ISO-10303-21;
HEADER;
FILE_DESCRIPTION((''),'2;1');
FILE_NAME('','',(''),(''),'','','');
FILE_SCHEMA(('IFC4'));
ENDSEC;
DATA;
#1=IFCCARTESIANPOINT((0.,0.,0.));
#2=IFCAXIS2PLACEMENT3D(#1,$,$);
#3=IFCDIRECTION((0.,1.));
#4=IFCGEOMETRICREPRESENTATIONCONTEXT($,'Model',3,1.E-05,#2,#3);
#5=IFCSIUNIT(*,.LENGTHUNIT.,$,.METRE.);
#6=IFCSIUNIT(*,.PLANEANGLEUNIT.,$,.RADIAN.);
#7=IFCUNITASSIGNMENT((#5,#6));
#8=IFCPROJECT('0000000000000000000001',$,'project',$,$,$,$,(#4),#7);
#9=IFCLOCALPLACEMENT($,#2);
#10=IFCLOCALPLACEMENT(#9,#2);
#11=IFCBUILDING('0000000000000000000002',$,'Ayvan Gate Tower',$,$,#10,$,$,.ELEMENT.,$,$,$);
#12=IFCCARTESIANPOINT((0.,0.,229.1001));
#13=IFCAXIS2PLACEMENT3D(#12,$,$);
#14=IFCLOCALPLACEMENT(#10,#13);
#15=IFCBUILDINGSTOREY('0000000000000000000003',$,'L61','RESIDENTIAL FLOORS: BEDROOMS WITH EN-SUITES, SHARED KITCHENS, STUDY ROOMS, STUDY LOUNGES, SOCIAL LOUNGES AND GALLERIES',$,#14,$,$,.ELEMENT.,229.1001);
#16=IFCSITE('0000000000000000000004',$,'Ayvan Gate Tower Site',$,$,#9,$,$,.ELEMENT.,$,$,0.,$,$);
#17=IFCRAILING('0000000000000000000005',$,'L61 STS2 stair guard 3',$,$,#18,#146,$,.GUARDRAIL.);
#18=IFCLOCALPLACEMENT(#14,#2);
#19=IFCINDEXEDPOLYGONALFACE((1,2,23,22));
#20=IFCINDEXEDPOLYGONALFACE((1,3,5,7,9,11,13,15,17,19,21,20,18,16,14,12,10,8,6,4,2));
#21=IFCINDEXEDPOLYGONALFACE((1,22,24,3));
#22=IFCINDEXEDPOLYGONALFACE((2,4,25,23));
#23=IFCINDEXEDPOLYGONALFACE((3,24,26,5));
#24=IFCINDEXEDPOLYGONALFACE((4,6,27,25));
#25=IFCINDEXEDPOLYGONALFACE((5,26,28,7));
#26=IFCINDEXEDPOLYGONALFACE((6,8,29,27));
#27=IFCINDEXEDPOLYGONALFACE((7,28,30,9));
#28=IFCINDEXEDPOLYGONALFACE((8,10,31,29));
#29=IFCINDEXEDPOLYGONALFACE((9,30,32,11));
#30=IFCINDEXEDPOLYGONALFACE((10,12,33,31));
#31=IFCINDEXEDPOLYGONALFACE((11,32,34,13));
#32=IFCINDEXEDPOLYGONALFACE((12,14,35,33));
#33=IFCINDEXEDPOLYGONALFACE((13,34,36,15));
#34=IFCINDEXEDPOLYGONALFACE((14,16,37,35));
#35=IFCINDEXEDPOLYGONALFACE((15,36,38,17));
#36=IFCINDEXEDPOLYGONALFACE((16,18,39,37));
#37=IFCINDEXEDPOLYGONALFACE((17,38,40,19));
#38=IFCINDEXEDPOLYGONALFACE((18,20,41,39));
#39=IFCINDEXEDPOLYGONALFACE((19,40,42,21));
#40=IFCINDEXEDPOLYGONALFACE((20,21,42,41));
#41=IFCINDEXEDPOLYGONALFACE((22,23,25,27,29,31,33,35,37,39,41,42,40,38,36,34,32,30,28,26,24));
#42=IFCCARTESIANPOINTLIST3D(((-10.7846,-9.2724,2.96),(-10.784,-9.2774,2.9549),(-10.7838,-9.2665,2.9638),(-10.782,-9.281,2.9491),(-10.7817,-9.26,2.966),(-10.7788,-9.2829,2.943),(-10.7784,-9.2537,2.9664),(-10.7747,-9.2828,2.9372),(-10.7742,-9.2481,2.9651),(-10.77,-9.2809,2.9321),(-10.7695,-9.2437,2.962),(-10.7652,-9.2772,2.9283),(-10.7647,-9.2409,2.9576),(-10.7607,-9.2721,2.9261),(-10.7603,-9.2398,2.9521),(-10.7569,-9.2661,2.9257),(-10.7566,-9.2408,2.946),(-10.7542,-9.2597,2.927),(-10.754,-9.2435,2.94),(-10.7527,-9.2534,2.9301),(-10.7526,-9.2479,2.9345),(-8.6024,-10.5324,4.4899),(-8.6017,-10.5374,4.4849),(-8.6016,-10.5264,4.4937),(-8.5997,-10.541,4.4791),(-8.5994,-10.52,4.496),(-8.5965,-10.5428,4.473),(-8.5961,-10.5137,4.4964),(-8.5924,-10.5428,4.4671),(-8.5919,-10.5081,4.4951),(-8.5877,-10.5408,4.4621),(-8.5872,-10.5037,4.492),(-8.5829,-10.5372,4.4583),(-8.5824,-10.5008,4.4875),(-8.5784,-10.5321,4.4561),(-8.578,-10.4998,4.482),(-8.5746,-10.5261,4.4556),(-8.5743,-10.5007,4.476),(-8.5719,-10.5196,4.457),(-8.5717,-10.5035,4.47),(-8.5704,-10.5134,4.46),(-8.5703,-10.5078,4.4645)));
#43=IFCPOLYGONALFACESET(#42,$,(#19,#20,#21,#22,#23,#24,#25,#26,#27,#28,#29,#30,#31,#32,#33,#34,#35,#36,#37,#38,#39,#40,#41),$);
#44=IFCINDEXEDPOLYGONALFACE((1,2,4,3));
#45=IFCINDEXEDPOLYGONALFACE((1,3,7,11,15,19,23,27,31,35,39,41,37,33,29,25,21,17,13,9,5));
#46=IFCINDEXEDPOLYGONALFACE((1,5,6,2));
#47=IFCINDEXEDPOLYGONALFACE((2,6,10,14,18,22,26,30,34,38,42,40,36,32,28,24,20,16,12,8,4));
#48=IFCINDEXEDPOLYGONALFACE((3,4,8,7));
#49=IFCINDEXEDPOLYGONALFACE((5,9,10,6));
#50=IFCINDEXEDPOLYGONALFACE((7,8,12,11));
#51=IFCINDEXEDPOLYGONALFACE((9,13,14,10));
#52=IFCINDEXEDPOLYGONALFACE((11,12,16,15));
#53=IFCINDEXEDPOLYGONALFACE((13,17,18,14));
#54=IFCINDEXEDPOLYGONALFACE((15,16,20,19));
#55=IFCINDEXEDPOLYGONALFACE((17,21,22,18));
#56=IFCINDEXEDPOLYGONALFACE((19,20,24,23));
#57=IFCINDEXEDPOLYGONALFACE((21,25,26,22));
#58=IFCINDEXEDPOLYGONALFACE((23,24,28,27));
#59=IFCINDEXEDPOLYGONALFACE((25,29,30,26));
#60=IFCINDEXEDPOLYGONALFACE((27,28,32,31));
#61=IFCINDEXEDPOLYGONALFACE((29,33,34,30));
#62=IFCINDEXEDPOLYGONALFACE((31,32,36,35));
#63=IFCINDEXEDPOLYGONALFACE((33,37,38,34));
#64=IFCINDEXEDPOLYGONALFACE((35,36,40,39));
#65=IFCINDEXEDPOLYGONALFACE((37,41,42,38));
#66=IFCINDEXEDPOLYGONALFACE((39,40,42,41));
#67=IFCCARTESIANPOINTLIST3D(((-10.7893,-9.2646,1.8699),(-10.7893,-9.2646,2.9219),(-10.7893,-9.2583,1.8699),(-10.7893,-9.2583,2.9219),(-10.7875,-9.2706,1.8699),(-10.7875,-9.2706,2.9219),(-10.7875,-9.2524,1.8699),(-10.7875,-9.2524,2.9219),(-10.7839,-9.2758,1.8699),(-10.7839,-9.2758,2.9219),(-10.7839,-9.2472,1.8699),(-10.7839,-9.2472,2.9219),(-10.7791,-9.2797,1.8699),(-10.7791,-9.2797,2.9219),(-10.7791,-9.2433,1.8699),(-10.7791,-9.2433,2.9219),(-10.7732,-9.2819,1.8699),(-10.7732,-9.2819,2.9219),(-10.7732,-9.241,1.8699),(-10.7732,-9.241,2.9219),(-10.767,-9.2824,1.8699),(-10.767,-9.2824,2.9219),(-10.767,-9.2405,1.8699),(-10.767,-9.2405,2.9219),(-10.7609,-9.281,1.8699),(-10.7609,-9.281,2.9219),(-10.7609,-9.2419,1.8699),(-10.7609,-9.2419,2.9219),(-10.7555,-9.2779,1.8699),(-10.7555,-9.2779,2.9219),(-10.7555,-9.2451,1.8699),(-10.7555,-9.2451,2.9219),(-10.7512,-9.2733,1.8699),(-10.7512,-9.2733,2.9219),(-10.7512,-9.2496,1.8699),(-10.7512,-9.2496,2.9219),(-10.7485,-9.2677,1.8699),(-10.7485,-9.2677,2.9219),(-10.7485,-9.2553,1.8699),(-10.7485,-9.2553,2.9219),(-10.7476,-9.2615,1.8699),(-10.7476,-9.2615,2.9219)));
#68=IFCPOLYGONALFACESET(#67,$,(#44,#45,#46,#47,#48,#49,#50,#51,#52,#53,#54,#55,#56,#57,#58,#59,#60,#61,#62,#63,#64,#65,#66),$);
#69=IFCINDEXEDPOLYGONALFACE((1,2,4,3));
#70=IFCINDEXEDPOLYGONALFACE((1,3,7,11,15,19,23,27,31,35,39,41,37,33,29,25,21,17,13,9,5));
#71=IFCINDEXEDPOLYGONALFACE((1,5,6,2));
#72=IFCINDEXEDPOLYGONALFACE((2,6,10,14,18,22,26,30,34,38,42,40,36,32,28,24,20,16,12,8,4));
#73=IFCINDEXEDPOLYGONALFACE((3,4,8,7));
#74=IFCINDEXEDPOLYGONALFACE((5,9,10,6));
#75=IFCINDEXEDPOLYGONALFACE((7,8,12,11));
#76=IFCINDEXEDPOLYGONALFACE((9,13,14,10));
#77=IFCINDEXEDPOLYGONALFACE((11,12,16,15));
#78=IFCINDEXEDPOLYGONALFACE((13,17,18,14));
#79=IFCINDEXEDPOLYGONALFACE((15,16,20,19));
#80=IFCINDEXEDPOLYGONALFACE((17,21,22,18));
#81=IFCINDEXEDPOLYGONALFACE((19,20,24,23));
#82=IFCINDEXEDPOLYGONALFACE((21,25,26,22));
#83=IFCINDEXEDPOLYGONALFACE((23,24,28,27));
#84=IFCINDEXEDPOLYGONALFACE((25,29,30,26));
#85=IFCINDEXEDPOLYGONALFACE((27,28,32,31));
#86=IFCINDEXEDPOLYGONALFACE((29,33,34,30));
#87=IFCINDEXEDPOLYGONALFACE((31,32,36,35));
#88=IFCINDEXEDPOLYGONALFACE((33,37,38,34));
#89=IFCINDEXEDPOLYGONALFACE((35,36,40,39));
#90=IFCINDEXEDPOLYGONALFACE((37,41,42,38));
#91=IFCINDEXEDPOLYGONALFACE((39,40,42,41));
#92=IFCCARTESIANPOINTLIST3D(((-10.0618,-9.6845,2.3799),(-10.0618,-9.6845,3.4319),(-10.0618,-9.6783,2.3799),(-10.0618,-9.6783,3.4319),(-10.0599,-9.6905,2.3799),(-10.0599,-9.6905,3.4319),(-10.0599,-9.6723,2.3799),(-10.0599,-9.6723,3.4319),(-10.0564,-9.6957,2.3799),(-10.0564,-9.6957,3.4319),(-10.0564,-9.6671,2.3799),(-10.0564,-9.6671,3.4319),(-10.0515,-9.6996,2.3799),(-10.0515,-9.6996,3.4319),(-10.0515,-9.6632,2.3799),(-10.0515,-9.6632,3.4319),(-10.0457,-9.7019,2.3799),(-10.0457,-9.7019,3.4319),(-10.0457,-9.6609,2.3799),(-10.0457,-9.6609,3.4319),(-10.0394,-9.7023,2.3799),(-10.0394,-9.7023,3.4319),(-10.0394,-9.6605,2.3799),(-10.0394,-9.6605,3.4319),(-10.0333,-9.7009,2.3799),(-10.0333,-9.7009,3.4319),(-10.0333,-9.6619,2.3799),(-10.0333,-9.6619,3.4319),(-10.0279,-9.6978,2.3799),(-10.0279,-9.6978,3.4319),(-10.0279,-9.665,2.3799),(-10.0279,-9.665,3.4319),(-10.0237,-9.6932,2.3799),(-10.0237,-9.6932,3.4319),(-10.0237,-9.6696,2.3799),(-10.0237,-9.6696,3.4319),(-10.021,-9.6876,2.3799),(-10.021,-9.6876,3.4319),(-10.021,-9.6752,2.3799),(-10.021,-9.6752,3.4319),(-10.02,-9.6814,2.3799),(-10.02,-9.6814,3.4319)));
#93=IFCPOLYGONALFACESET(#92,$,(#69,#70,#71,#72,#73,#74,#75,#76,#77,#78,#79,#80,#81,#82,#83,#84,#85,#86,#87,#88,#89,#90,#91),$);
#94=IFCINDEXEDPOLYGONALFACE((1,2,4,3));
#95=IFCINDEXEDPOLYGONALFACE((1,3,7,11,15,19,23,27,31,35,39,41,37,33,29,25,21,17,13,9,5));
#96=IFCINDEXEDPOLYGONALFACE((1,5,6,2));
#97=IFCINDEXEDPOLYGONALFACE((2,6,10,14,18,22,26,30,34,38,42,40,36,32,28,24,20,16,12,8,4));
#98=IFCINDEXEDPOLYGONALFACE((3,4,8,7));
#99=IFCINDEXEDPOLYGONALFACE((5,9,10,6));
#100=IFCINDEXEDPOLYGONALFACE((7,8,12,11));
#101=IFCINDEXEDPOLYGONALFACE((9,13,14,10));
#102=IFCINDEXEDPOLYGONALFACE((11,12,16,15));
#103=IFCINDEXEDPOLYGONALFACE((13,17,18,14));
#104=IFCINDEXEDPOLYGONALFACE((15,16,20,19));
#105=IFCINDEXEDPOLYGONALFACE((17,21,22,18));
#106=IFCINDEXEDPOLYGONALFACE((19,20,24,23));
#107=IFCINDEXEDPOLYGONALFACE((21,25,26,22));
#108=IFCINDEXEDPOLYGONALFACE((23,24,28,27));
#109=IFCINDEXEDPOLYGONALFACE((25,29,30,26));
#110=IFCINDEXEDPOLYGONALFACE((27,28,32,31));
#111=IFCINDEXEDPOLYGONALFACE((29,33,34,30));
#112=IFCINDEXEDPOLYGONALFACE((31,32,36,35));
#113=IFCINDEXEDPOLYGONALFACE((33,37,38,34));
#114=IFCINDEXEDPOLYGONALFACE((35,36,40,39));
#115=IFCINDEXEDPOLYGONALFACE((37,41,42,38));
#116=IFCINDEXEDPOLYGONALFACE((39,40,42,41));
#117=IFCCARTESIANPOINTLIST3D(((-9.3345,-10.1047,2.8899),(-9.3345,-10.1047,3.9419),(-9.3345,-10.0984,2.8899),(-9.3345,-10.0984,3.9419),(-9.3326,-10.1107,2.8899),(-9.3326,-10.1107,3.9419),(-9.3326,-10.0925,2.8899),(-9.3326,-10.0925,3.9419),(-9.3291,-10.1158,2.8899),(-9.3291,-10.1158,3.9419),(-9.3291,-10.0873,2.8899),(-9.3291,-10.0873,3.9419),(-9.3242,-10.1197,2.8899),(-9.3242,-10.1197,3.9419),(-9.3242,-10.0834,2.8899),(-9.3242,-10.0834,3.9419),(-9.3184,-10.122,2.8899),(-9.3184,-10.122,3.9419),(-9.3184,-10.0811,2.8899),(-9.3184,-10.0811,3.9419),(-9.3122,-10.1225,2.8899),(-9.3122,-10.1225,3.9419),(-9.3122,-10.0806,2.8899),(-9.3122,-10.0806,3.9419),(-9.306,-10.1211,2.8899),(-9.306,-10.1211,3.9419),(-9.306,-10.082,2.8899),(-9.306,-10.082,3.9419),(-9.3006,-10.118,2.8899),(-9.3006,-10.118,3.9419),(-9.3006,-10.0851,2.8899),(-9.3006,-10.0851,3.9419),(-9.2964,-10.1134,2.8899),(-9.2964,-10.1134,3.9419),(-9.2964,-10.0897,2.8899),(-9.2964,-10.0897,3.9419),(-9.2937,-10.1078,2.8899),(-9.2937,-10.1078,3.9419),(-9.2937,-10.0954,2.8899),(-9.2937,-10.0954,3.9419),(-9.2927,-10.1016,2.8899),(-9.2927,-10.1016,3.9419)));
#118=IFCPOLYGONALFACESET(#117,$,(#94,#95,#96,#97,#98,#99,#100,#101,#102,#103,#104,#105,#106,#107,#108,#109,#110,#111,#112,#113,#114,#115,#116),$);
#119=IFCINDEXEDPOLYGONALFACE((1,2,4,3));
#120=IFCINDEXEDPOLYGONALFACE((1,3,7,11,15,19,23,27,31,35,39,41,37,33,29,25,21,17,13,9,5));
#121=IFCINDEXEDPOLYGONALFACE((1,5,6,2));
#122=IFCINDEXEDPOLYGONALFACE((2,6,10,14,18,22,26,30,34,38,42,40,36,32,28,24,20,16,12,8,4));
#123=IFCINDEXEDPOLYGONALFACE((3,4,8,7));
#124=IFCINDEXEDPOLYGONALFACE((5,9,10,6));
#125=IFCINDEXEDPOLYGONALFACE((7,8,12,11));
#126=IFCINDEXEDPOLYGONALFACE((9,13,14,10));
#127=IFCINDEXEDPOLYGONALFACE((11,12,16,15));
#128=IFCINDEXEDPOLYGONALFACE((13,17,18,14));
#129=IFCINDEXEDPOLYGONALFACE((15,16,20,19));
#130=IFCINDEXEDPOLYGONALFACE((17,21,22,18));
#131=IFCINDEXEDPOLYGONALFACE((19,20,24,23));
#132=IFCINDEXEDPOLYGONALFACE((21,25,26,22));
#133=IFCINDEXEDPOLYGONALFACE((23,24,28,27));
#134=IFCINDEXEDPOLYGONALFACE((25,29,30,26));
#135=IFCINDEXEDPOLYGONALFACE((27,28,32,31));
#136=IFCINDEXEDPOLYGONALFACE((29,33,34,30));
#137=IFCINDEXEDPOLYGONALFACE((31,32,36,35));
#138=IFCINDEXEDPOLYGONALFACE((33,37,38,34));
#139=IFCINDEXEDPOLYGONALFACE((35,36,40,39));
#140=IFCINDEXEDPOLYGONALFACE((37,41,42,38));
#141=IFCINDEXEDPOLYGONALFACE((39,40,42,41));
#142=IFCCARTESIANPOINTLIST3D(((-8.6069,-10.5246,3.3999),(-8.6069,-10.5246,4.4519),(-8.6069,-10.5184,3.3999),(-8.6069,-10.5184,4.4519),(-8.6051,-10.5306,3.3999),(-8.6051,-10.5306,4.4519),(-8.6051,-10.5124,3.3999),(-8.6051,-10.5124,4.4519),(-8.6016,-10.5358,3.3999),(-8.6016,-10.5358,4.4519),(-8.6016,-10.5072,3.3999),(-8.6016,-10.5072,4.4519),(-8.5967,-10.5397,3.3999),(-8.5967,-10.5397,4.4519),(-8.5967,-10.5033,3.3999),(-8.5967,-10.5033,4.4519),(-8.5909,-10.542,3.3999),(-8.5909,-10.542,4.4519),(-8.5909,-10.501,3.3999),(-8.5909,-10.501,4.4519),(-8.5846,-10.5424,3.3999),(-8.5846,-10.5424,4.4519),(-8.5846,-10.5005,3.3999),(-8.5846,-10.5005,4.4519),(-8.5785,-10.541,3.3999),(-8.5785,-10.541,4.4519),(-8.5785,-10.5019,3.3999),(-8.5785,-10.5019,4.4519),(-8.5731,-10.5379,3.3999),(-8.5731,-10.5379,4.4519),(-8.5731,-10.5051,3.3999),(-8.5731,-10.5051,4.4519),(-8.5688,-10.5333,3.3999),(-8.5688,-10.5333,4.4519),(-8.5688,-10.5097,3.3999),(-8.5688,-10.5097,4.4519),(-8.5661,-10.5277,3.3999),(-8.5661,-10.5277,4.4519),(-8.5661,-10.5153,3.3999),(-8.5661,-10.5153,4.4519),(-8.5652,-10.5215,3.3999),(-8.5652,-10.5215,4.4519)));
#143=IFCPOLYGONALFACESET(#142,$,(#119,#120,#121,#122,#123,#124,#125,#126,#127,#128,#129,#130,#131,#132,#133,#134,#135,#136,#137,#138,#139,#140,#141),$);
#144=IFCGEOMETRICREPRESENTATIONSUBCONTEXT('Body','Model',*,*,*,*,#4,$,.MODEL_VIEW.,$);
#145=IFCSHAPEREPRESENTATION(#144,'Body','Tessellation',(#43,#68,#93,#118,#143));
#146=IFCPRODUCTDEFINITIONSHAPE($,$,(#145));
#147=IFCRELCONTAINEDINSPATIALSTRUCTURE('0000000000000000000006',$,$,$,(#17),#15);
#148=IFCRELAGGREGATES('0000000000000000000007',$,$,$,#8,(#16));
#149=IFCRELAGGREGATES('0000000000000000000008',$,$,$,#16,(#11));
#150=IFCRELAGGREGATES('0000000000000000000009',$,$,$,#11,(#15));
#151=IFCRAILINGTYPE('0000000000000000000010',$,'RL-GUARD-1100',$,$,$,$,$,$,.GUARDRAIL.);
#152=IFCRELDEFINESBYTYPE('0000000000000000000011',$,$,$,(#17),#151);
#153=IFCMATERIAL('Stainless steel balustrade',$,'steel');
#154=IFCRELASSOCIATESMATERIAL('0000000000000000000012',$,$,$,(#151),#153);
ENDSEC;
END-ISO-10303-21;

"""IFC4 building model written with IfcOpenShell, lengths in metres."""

from ifc_helpers import new_model, si_unit, direction, frame, origin, origin_2d, place, context, subcontext, project, spatial, circle, extrude, material, type_object, element, save


model = new_model("IFC4")

# Units and contexts
model_context = context("Model", 3, precision=1e-05, world=origin(), true_north=direction((0.0, 1.0)))
body_context = subcontext(model_context, "Body", "Model", "MODEL_VIEW")
ifc_project = project(units=[si_unit("LENGTHUNIT", "METRE"), si_unit("PLANEANGLEUNIT", "RADIAN")], contexts=[model_context])

# Site, building, storey
site_placement = place(None, origin())
site = spatial("IfcSite", under=ifc_project, at=site_placement, Name="Ayvan Gate Tower Site", CompositionType="ELEMENT", RefElevation=0.0)
building_placement = place(site_placement, origin())
building = spatial("IfcBuilding", under=site, at=building_placement, Name="Ayvan Gate Tower", CompositionType="ELEMENT")
storey_placement = place(building_placement, frame((0.0, 0.0, 229.1001)))
storey = spatial("IfcBuildingStorey", under=building, at=storey_placement, Name="L61", Description="RESIDENTIAL FLOORS: BEDROOMS WITH EN-SUITES, SHARED KITCHENS, STUDY ROOMS, STUDY LOUNGES, SOCIAL LOUNGES AND GALLERIES", CompositionType="ELEMENT", Elevation=229.1001)

# Railing
ifc_material_1 = material(Name="Stainless steel balustrade", Category="steel")
railing_type_1 = type_object("IfcRailingType", Name="RL-GUARD-1100", PredefinedType="GUARDRAIL", material=ifc_material_1)
railing_1_placement = place(storey_placement, frame((-10.7686, -9.2615, 1.8699)))
element("IfcRailing", 1, at=railing_1_placement, inside=storey, type_object=railing_type_1, Name="L61 STS2 stair guard 3", PredefinedType="GUARDRAIL", context=body_context, shape_type="SweptSolid", body=[
    extrude(circle(Radius=0.0239, at=origin_2d()), frame((0.0, 0.0, 1.0762), z_axis=(0.740261, -0.427395, 0.518986), x_axis=(0.500005, 0.866023, 0.0)), (0.0, 0.0, 1.0), 2.948),
    extrude(circle(Radius=0.021, at=origin_2d()), origin(), (0.0, 0.0, 1.0), 1.052),
    extrude(circle(Radius=0.021, at=origin_2d()), frame((0.7275, -0.4199, 0.51)), (0.0, 0.0, 1.0), 1.052),
    extrude(circle(Radius=0.021, at=origin_2d()), frame((1.4548, -0.8401, 1.02)), (0.0, 0.0, 1.0), 1.052),
    extrude(circle(Radius=0.021, at=origin_2d()), frame((2.1824, -1.26, 1.53)), (0.0, 0.0, 1.0), 1.052),
])

save(model, "model.ifc")
